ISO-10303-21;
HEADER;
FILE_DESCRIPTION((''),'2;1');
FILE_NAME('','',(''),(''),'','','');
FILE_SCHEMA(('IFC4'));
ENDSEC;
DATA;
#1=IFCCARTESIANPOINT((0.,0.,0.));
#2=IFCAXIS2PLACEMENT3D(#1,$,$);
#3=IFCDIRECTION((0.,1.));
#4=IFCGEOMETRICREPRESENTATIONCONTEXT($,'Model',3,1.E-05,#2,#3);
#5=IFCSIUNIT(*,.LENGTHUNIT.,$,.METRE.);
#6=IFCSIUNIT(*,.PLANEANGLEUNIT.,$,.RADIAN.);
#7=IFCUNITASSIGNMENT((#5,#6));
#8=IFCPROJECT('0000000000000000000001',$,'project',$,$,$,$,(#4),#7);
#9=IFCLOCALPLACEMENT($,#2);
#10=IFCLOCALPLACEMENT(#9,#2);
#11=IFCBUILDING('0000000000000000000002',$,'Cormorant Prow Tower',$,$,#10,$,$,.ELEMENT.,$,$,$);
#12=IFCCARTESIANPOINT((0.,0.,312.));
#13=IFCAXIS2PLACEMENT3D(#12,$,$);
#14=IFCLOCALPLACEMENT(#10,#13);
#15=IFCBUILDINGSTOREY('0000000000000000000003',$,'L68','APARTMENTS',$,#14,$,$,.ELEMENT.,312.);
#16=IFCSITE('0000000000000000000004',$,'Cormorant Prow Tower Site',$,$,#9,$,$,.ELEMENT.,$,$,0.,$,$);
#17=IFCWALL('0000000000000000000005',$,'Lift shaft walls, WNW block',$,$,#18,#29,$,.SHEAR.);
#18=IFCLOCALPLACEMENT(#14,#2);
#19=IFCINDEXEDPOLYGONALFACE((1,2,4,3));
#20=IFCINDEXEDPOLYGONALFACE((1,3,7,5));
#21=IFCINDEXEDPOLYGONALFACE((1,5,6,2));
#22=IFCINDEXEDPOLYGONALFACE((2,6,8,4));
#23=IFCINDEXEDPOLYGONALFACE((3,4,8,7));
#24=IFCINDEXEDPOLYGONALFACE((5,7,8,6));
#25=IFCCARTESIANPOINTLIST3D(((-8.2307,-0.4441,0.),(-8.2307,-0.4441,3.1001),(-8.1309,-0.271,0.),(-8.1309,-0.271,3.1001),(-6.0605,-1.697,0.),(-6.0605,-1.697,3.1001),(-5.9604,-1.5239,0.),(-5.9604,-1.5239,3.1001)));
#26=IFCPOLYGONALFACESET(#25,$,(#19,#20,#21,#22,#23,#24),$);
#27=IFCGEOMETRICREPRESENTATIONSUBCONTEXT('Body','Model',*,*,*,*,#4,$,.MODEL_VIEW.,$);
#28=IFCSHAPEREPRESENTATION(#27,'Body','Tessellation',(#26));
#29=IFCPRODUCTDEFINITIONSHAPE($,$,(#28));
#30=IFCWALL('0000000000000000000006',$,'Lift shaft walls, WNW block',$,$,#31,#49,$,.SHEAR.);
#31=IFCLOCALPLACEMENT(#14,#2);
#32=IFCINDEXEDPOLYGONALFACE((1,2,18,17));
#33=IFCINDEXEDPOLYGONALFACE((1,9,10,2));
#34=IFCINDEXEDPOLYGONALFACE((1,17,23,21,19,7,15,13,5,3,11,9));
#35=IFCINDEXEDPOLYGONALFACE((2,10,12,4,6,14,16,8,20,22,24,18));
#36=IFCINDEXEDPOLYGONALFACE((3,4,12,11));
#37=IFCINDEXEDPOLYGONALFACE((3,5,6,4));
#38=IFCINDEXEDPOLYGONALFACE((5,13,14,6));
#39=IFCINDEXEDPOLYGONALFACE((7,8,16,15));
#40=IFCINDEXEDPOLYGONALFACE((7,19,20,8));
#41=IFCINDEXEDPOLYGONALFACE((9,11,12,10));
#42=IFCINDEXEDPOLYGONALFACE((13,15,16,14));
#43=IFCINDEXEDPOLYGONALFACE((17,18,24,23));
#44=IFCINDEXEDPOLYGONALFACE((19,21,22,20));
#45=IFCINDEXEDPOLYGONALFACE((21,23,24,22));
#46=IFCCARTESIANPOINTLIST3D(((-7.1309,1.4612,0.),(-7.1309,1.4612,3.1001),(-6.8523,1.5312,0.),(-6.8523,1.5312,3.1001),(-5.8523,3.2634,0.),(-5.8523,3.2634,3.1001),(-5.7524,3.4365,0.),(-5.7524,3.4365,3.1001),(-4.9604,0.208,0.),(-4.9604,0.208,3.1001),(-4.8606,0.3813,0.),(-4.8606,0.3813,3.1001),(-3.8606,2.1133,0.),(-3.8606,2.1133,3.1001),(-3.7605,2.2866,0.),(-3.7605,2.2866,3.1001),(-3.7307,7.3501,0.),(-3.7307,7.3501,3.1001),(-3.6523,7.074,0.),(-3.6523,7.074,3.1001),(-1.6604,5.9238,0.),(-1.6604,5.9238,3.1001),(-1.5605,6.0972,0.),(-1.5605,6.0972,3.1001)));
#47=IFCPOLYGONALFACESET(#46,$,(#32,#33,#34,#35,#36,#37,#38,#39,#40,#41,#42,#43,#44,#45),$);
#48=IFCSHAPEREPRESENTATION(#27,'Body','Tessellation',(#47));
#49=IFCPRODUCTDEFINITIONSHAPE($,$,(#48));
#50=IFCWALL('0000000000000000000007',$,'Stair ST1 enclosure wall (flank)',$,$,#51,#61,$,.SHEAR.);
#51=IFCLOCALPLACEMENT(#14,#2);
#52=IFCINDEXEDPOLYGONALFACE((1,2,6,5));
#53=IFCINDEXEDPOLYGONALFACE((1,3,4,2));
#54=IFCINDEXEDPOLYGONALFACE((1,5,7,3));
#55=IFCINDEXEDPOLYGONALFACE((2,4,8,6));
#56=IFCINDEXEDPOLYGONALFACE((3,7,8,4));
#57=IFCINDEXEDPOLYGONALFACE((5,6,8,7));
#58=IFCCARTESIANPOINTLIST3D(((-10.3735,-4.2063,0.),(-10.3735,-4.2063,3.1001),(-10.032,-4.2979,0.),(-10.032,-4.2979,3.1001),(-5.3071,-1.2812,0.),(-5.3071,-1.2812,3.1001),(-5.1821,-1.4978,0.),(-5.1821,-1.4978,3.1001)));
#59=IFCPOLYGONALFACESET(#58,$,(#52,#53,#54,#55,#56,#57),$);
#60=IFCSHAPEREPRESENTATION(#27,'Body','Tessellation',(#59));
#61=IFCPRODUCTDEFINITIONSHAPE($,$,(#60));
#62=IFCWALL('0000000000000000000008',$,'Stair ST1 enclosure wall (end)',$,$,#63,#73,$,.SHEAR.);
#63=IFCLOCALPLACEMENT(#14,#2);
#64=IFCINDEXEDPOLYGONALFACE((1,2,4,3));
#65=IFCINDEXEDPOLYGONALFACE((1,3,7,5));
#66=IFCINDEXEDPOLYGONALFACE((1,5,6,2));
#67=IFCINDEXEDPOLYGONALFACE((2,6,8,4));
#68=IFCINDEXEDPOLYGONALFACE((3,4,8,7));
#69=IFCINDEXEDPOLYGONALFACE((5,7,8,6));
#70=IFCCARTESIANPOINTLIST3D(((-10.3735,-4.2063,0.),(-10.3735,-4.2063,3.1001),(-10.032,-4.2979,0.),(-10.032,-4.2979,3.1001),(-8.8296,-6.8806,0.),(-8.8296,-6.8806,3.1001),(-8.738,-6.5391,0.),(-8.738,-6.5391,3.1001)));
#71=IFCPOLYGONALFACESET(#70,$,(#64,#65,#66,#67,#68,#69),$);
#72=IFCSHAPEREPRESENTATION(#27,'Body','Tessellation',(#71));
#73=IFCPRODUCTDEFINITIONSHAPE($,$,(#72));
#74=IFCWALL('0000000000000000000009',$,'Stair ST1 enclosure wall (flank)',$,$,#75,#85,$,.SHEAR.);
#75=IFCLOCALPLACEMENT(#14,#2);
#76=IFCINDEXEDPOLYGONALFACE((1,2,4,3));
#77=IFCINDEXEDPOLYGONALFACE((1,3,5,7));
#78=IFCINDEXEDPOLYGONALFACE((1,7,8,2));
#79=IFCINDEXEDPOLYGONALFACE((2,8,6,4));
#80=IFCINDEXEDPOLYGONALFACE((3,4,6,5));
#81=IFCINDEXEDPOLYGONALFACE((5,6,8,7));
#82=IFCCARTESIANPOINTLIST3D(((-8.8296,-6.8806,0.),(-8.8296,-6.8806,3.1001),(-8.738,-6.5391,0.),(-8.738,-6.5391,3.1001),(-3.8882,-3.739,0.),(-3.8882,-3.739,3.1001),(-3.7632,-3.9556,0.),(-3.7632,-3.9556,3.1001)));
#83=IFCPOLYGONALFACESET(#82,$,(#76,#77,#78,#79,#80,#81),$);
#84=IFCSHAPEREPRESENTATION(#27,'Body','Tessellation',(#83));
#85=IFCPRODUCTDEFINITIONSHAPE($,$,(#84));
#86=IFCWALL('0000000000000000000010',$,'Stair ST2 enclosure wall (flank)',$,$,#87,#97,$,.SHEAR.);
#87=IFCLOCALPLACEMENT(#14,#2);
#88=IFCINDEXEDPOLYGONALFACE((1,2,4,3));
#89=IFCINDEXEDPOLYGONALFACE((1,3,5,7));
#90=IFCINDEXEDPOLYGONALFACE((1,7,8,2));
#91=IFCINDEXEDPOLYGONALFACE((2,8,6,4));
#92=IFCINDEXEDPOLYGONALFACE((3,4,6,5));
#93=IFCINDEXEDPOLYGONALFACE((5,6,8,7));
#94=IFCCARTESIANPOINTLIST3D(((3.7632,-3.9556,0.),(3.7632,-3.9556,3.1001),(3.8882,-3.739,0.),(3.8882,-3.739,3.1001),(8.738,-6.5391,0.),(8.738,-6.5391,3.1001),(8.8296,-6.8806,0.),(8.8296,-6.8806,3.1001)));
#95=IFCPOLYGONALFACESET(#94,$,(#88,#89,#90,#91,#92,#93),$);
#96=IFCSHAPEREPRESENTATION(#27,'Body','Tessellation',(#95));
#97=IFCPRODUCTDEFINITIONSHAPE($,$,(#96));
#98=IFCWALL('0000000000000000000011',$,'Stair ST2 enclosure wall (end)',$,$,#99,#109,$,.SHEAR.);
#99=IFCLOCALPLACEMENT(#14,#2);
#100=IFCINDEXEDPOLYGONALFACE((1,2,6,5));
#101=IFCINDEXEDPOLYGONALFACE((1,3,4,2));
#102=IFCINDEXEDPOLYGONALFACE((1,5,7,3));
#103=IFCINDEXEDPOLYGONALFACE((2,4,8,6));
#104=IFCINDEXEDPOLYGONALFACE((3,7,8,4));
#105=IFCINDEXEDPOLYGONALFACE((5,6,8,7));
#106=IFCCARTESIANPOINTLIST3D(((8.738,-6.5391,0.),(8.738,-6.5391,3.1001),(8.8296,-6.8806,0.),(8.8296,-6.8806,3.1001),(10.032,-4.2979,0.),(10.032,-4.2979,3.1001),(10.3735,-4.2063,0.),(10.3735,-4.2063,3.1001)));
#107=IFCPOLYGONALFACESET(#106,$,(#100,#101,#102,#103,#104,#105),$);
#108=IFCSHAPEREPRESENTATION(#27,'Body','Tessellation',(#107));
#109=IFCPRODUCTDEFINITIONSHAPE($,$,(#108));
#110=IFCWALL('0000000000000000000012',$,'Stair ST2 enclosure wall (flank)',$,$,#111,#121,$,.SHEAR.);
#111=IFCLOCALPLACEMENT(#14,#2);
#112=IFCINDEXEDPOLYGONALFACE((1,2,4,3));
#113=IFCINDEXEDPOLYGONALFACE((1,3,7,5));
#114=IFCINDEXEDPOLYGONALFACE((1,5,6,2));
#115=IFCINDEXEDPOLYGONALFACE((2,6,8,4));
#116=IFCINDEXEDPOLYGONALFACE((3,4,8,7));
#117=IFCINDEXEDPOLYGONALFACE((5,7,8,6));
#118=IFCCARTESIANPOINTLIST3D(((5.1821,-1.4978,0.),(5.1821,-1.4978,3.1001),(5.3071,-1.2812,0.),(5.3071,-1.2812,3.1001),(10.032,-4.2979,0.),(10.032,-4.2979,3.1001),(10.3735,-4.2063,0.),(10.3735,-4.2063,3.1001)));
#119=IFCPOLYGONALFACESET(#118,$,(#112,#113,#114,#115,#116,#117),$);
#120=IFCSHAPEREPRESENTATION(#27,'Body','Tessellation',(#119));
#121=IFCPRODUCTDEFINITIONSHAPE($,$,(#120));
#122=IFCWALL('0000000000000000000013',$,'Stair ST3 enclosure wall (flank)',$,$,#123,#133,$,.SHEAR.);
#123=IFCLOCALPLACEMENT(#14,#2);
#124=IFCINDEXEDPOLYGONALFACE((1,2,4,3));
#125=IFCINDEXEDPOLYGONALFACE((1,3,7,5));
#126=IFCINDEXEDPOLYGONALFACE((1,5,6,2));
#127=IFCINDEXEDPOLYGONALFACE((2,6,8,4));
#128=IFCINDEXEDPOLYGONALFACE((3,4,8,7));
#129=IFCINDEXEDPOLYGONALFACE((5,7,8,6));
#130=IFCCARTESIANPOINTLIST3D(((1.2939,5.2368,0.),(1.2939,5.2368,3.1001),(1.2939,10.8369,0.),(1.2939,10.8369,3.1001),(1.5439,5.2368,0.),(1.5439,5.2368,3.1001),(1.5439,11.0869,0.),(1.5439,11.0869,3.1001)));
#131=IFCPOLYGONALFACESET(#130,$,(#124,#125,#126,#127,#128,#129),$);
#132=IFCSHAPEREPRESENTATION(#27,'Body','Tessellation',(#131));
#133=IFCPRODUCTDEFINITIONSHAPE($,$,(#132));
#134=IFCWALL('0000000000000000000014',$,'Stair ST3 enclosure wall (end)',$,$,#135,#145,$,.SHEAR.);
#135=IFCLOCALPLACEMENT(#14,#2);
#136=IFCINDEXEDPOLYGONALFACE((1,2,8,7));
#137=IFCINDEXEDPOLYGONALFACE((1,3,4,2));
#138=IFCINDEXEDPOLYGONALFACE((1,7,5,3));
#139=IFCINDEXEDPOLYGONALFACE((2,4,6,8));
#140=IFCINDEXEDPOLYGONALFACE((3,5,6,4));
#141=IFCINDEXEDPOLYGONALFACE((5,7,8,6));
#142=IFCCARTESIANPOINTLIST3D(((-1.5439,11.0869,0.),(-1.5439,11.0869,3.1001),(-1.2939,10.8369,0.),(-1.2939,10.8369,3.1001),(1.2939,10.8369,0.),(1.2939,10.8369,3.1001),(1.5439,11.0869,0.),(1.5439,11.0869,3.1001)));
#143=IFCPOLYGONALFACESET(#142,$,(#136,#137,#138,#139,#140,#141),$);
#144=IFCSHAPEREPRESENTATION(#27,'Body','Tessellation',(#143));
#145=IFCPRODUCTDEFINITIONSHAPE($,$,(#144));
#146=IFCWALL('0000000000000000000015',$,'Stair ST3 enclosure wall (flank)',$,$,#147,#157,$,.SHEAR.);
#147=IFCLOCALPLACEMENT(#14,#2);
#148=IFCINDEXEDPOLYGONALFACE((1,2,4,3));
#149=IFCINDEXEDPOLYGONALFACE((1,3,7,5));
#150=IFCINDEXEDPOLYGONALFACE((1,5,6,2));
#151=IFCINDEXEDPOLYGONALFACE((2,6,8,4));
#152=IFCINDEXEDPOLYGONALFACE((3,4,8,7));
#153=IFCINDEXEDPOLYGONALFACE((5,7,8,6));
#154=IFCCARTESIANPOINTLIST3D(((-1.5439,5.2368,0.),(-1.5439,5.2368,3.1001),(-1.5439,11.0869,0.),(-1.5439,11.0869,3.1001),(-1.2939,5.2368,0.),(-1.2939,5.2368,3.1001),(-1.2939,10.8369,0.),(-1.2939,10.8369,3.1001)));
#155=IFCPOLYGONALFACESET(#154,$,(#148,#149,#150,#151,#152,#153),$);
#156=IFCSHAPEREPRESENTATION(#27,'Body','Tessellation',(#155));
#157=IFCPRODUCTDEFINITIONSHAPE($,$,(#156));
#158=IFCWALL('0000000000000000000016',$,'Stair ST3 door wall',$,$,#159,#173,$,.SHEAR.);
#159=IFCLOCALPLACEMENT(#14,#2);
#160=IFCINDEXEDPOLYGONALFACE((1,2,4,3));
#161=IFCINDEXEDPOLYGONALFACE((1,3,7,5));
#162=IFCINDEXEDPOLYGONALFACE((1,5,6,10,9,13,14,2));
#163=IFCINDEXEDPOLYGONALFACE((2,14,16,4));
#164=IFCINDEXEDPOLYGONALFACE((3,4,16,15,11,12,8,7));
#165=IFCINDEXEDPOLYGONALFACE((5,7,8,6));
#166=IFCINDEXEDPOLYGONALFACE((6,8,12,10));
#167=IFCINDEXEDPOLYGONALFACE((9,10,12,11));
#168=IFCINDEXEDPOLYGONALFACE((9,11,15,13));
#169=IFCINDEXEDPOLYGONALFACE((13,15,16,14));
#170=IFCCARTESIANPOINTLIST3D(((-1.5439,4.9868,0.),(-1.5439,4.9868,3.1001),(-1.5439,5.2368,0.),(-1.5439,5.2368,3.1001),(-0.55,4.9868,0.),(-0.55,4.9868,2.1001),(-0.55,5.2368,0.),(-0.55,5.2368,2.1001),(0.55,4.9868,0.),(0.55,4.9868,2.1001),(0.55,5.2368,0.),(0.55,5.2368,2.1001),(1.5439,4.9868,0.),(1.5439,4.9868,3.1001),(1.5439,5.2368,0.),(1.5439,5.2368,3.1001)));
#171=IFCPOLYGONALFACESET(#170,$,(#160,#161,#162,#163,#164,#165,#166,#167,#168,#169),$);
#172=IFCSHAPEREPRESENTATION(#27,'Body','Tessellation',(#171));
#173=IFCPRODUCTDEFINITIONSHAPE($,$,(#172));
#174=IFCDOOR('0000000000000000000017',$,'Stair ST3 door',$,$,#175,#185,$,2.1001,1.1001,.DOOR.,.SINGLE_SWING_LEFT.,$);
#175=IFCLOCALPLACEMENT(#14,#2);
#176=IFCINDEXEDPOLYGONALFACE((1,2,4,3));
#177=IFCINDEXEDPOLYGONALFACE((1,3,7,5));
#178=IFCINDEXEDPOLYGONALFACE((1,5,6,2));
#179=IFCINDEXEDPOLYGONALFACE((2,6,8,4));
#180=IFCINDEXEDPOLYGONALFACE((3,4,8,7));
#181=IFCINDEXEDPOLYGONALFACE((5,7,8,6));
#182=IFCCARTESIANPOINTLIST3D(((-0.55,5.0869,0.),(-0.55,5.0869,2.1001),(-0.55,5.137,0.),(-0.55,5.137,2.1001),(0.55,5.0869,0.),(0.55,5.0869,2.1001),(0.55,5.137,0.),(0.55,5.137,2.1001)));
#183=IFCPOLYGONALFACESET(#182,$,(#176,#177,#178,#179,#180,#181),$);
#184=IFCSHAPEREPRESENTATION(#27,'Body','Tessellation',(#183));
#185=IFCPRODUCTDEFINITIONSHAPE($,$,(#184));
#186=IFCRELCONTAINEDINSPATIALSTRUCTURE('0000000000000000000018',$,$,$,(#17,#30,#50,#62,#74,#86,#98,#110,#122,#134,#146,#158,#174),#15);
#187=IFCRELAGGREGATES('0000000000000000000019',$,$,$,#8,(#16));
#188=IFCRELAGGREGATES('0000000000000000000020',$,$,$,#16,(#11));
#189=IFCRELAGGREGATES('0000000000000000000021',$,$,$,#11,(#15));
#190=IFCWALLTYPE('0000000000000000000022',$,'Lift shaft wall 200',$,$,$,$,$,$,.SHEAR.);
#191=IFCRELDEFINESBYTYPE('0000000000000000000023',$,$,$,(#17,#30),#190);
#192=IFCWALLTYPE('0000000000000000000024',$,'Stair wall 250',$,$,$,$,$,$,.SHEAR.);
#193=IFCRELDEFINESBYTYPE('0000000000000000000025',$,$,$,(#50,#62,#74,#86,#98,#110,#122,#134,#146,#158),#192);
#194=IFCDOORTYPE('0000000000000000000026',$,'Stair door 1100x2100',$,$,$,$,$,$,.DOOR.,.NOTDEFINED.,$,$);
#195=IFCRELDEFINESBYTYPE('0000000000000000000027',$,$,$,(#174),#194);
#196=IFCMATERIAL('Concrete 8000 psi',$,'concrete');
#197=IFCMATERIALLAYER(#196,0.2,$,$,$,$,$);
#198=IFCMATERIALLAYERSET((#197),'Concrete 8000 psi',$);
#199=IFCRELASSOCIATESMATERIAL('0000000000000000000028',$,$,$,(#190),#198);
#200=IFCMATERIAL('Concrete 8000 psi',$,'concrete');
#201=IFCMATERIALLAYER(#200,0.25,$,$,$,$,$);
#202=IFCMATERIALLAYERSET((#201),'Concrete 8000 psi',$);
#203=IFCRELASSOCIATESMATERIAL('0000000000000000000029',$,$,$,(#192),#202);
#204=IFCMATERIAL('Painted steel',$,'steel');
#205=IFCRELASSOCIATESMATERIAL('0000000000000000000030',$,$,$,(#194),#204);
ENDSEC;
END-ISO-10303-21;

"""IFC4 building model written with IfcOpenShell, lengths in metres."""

from ifc_helpers import new_model, si_unit, direction, frame, frame_2d, origin, place, context, subcontext, project, spatial, polyline, rectangle, outline, extrude, material, layer, layer_set, type_object, element, fill, save


model = new_model("IFC4")

# Units and contexts
model_context = context("Model", 3, precision=1e-05, world=origin(), true_north=direction((0.0, 1.0)))
body_context = subcontext(model_context, "Body", "Model", "MODEL_VIEW")
ifc_project = project(units=[si_unit("LENGTHUNIT", "METRE"), si_unit("PLANEANGLEUNIT", "RADIAN")], contexts=[model_context])

# Site, building, storey
site_placement = place(None, origin())
site = spatial("IfcSite", under=ifc_project, at=site_placement, Name="Cormorant Prow Tower Site", CompositionType="ELEMENT", RefElevation=0.0)
building_placement = place(site_placement, origin())
building = spatial("IfcBuilding", under=site, at=building_placement, Name="Cormorant Prow Tower", CompositionType="ELEMENT")
storey_placement = place(building_placement, frame((0.0, 0.0, 312.0)))
storey = spatial("IfcBuildingStorey", under=building, at=storey_placement, Name="L68", Description="APARTMENTS", CompositionType="ELEMENT", Elevation=312.0)

# Walls
ifc_material_1 = material(Name="Concrete 8000 psi", Category="concrete")
ifc_layer_1 = layer(ifc_material_1, 0.2)
ifc_layer_set_1 = layer_set([ifc_layer_1], Name="Concrete 8000 psi")
wall_type_1 = type_object("IfcWallType", Name="Lift shaft wall 200", PredefinedType="SHEAR", material=ifc_layer_set_1)
wall_1_placement = place(storey_placement, origin())
element("IfcWall", 1, at=wall_1_placement, inside=storey, type_object=wall_type_1, Name="Lift shaft walls, WNW block", PredefinedType="SHEAR", context=body_context, shape_type="SweptSolid", body=[
    extrude(outline(polyline([(-6.0605, -1.697), (-8.2307, -0.4441), (-8.1309, -0.271), (-5.9604, -1.5239), (-6.0605, -1.697)])), origin(), (0.0, 0.0, 1.0), 3.1001),
])
wall_2_placement = place(storey_placement, origin())
element("IfcWall", 2, at=wall_2_placement, inside=storey, type_object=wall_type_1, Name="Lift shaft walls, WNW block", PredefinedType="SHEAR", context=body_context, shape_type="SweptSolid", body=[
    extrude(outline(polyline([(-4.9604, 0.208), (-7.1309, 1.4612), (-3.7307, 7.3501), (-1.5605, 6.0972), (-1.6604, 5.9238), (-3.6523, 7.074), (-5.7524, 3.4365), (-3.7605, 2.2866), (-3.8606, 2.1133), (-5.8523, 3.2634), (-6.8523, 1.5312), (-4.8606, 0.3813), (-4.9604, 0.208)])), origin(), (0.0, 0.0, 1.0), 3.1001),
])
ifc_material_2 = material(Name="Concrete 8000 psi", Category="concrete")
ifc_layer_2 = layer(ifc_material_2, 0.25)
ifc_layer_set_2 = layer_set([ifc_layer_2], Name="Concrete 8000 psi")
wall_type_2 = type_object("IfcWallType", Name="Stair wall 250", PredefinedType="SHEAR", material=ifc_layer_set_2)
wall_3_placement = place(storey_placement, origin())
element("IfcWall", 3, at=wall_3_placement, inside=storey, type_object=wall_type_2, Name="Stair ST1 enclosure wall (flank)", PredefinedType="SHEAR", context=body_context, shape_type="SweptSolid", body=[
    extrude(outline(polyline([(-5.3071, -1.2812), (-10.3735, -4.2063), (-10.032, -4.2979), (-5.1821, -1.4978), (-5.3071, -1.2812)])), origin(), (0.0, 0.0, 1.0), 3.1001),
])
wall_4_placement = place(storey_placement, origin())
element("IfcWall", 4, at=wall_4_placement, inside=storey, type_object=wall_type_2, Name="Stair ST1 enclosure wall (end)", PredefinedType="SHEAR", context=body_context, shape_type="SweptSolid", body=[
    extrude(outline(polyline([(-10.3735, -4.2063), (-8.8296, -6.8806), (-8.738, -6.5391), (-10.032, -4.2979), (-10.3735, -4.2063)])), origin(), (0.0, 0.0, 1.0), 3.1001),
])
wall_5_placement = place(storey_placement, origin())
element("IfcWall", 5, at=wall_5_placement, inside=storey, type_object=wall_type_2, Name="Stair ST1 enclosure wall (flank)", PredefinedType="SHEAR", context=body_context, shape_type="SweptSolid", body=[
    extrude(outline(polyline([(-8.738, -6.5391), (-8.8296, -6.8806), (-3.7632, -3.9556), (-3.8882, -3.739), (-8.738, -6.5391)])), origin(), (0.0, 0.0, 1.0), 3.1001),
])
wall_6_placement = place(storey_placement, origin())
element("IfcWall", 6, at=wall_6_placement, inside=storey, type_object=wall_type_2, Name="Stair ST2 enclosure wall (flank)", PredefinedType="SHEAR", context=body_context, shape_type="SweptSolid", body=[
    extrude(outline(polyline([(3.7632, -3.9556), (8.8296, -6.8806), (8.738, -6.5391), (3.8882, -3.739), (3.7632, -3.9556)])), origin(), (0.0, 0.0, 1.0), 3.1001),
])
wall_7_placement = place(storey_placement, origin())
element("IfcWall", 7, at=wall_7_placement, inside=storey, type_object=wall_type_2, Name="Stair ST2 enclosure wall (end)", PredefinedType="SHEAR", context=body_context, shape_type="SweptSolid", body=[
    extrude(outline(polyline([(8.8296, -6.8806), (10.3735, -4.2063), (10.032, -4.2979), (8.738, -6.5391), (8.8296, -6.8806)])), origin(), (0.0, 0.0, 1.0), 3.1001),
])
wall_8_placement = place(storey_placement, origin())
element("IfcWall", 8, at=wall_8_placement, inside=storey, type_object=wall_type_2, Name="Stair ST2 enclosure wall (flank)", PredefinedType="SHEAR", context=body_context, shape_type="SweptSolid", body=[
    extrude(outline(polyline([(10.032, -4.2979), (10.3735, -4.2063), (5.3071, -1.2812), (5.1821, -1.4978), (10.032, -4.2979)])), origin(), (0.0, 0.0, 1.0), 3.1001),
])
wall_9_placement = place(storey_placement, origin())
element("IfcWall", 9, at=wall_9_placement, inside=storey, type_object=wall_type_2, Name="Stair ST3 enclosure wall (flank)", PredefinedType="SHEAR", context=body_context, shape_type="SweptSolid", body=[
    extrude(outline(polyline([(1.5439, 5.2368), (1.5439, 11.0869), (1.2939, 10.8369), (1.2939, 5.2368), (1.5439, 5.2368)])), origin(), (0.0, 0.0, 1.0), 3.1001),
])
wall_10_placement = place(storey_placement, origin())
element("IfcWall", 10, at=wall_10_placement, inside=storey, type_object=wall_type_2, Name="Stair ST3 enclosure wall (end)", PredefinedType="SHEAR", context=body_context, shape_type="SweptSolid", body=[
    extrude(outline(polyline([(1.5439, 11.0869), (-1.5439, 11.0869), (-1.2939, 10.8369), (1.2939, 10.8369), (1.5439, 11.0869)])), origin(), (0.0, 0.0, 1.0), 3.1001),
])
wall_11_placement = place(storey_placement, origin())
element("IfcWall", 11, at=wall_11_placement, inside=storey, type_object=wall_type_2, Name="Stair ST3 enclosure wall (flank)", PredefinedType="SHEAR", context=body_context, shape_type="SweptSolid", body=[
    extrude(outline(polyline([(-1.2939, 10.8369), (-1.5439, 11.0869), (-1.5439, 5.2368), (-1.2939, 5.2368), (-1.2939, 10.8369)])), origin(), (0.0, 0.0, 1.0), 3.1001),
])

# Wall, opening, door
wall_12_placement = place(storey_placement, frame((1.5439, 5.1118, 0.0), z_axis=(0.0, 0.0, 1.0), x_axis=(-1.0, 0.0, 0.0)))
wall_12 = element("IfcWall", 12, at=wall_12_placement, inside=storey, type_object=wall_type_2, Name="Stair ST3 door wall", PredefinedType="SHEAR", context=body_context, shape_type="SweptSolid", body=[
    extrude(rectangle(XDim=3.0879, YDim=0.25, at=frame_2d((1.5439, 0.0))), origin(), (0.0, 0.0, 1.0), 3.1001),
])
opening_1_placement = place(wall_12_placement, frame((0.9939, 0.0, 0.0)))
opening_1 = element("IfcOpeningElement", 13, at=opening_1_placement, cuts=wall_12, PredefinedType="OPENING", context=body_context, shape_type="SweptSolid", body=[
    extrude(rectangle(XDim=1.1001, YDim=2.1001, at=frame_2d((0.55, 1.05))), frame((0.0, 0.135, 0.0), z_axis=(0.0, -1.0, 0.0), x_axis=(1.0, 0.0, 0.0)), (0.0, 0.0, 1.0), 0.27),
])
ifc_material_3 = material(Name="Painted steel", Category="steel")
door_type_1 = type_object("IfcDoorType", Name="Stair door 1100x2100", OperationType="NOTDEFINED", PredefinedType="DOOR", material=ifc_material_3)
door_1_placement = place(opening_1_placement, origin())
door_1 = element("IfcDoor", 14, at=door_1_placement, inside=storey, type_object=door_type_1, Name="Stair ST3 door", OperationType="SINGLE_SWING_LEFT", OverallHeight=2.1001, OverallWidth=1.1001, PredefinedType="DOOR", context=body_context, shape_type="SweptSolid", body=[
    extrude(rectangle(XDim=1.1001, YDim=2.1001, at=frame_2d((0.55, 1.05))), frame((0.0, 0.0249, 0.0), z_axis=(0.0, -1.0, 0.0), x_axis=(1.0, 0.0, 0.0)), (0.0, 0.0, 1.0), 0.05),
])
fill(opening_1, door_1)

save(model, "model.ifc")
